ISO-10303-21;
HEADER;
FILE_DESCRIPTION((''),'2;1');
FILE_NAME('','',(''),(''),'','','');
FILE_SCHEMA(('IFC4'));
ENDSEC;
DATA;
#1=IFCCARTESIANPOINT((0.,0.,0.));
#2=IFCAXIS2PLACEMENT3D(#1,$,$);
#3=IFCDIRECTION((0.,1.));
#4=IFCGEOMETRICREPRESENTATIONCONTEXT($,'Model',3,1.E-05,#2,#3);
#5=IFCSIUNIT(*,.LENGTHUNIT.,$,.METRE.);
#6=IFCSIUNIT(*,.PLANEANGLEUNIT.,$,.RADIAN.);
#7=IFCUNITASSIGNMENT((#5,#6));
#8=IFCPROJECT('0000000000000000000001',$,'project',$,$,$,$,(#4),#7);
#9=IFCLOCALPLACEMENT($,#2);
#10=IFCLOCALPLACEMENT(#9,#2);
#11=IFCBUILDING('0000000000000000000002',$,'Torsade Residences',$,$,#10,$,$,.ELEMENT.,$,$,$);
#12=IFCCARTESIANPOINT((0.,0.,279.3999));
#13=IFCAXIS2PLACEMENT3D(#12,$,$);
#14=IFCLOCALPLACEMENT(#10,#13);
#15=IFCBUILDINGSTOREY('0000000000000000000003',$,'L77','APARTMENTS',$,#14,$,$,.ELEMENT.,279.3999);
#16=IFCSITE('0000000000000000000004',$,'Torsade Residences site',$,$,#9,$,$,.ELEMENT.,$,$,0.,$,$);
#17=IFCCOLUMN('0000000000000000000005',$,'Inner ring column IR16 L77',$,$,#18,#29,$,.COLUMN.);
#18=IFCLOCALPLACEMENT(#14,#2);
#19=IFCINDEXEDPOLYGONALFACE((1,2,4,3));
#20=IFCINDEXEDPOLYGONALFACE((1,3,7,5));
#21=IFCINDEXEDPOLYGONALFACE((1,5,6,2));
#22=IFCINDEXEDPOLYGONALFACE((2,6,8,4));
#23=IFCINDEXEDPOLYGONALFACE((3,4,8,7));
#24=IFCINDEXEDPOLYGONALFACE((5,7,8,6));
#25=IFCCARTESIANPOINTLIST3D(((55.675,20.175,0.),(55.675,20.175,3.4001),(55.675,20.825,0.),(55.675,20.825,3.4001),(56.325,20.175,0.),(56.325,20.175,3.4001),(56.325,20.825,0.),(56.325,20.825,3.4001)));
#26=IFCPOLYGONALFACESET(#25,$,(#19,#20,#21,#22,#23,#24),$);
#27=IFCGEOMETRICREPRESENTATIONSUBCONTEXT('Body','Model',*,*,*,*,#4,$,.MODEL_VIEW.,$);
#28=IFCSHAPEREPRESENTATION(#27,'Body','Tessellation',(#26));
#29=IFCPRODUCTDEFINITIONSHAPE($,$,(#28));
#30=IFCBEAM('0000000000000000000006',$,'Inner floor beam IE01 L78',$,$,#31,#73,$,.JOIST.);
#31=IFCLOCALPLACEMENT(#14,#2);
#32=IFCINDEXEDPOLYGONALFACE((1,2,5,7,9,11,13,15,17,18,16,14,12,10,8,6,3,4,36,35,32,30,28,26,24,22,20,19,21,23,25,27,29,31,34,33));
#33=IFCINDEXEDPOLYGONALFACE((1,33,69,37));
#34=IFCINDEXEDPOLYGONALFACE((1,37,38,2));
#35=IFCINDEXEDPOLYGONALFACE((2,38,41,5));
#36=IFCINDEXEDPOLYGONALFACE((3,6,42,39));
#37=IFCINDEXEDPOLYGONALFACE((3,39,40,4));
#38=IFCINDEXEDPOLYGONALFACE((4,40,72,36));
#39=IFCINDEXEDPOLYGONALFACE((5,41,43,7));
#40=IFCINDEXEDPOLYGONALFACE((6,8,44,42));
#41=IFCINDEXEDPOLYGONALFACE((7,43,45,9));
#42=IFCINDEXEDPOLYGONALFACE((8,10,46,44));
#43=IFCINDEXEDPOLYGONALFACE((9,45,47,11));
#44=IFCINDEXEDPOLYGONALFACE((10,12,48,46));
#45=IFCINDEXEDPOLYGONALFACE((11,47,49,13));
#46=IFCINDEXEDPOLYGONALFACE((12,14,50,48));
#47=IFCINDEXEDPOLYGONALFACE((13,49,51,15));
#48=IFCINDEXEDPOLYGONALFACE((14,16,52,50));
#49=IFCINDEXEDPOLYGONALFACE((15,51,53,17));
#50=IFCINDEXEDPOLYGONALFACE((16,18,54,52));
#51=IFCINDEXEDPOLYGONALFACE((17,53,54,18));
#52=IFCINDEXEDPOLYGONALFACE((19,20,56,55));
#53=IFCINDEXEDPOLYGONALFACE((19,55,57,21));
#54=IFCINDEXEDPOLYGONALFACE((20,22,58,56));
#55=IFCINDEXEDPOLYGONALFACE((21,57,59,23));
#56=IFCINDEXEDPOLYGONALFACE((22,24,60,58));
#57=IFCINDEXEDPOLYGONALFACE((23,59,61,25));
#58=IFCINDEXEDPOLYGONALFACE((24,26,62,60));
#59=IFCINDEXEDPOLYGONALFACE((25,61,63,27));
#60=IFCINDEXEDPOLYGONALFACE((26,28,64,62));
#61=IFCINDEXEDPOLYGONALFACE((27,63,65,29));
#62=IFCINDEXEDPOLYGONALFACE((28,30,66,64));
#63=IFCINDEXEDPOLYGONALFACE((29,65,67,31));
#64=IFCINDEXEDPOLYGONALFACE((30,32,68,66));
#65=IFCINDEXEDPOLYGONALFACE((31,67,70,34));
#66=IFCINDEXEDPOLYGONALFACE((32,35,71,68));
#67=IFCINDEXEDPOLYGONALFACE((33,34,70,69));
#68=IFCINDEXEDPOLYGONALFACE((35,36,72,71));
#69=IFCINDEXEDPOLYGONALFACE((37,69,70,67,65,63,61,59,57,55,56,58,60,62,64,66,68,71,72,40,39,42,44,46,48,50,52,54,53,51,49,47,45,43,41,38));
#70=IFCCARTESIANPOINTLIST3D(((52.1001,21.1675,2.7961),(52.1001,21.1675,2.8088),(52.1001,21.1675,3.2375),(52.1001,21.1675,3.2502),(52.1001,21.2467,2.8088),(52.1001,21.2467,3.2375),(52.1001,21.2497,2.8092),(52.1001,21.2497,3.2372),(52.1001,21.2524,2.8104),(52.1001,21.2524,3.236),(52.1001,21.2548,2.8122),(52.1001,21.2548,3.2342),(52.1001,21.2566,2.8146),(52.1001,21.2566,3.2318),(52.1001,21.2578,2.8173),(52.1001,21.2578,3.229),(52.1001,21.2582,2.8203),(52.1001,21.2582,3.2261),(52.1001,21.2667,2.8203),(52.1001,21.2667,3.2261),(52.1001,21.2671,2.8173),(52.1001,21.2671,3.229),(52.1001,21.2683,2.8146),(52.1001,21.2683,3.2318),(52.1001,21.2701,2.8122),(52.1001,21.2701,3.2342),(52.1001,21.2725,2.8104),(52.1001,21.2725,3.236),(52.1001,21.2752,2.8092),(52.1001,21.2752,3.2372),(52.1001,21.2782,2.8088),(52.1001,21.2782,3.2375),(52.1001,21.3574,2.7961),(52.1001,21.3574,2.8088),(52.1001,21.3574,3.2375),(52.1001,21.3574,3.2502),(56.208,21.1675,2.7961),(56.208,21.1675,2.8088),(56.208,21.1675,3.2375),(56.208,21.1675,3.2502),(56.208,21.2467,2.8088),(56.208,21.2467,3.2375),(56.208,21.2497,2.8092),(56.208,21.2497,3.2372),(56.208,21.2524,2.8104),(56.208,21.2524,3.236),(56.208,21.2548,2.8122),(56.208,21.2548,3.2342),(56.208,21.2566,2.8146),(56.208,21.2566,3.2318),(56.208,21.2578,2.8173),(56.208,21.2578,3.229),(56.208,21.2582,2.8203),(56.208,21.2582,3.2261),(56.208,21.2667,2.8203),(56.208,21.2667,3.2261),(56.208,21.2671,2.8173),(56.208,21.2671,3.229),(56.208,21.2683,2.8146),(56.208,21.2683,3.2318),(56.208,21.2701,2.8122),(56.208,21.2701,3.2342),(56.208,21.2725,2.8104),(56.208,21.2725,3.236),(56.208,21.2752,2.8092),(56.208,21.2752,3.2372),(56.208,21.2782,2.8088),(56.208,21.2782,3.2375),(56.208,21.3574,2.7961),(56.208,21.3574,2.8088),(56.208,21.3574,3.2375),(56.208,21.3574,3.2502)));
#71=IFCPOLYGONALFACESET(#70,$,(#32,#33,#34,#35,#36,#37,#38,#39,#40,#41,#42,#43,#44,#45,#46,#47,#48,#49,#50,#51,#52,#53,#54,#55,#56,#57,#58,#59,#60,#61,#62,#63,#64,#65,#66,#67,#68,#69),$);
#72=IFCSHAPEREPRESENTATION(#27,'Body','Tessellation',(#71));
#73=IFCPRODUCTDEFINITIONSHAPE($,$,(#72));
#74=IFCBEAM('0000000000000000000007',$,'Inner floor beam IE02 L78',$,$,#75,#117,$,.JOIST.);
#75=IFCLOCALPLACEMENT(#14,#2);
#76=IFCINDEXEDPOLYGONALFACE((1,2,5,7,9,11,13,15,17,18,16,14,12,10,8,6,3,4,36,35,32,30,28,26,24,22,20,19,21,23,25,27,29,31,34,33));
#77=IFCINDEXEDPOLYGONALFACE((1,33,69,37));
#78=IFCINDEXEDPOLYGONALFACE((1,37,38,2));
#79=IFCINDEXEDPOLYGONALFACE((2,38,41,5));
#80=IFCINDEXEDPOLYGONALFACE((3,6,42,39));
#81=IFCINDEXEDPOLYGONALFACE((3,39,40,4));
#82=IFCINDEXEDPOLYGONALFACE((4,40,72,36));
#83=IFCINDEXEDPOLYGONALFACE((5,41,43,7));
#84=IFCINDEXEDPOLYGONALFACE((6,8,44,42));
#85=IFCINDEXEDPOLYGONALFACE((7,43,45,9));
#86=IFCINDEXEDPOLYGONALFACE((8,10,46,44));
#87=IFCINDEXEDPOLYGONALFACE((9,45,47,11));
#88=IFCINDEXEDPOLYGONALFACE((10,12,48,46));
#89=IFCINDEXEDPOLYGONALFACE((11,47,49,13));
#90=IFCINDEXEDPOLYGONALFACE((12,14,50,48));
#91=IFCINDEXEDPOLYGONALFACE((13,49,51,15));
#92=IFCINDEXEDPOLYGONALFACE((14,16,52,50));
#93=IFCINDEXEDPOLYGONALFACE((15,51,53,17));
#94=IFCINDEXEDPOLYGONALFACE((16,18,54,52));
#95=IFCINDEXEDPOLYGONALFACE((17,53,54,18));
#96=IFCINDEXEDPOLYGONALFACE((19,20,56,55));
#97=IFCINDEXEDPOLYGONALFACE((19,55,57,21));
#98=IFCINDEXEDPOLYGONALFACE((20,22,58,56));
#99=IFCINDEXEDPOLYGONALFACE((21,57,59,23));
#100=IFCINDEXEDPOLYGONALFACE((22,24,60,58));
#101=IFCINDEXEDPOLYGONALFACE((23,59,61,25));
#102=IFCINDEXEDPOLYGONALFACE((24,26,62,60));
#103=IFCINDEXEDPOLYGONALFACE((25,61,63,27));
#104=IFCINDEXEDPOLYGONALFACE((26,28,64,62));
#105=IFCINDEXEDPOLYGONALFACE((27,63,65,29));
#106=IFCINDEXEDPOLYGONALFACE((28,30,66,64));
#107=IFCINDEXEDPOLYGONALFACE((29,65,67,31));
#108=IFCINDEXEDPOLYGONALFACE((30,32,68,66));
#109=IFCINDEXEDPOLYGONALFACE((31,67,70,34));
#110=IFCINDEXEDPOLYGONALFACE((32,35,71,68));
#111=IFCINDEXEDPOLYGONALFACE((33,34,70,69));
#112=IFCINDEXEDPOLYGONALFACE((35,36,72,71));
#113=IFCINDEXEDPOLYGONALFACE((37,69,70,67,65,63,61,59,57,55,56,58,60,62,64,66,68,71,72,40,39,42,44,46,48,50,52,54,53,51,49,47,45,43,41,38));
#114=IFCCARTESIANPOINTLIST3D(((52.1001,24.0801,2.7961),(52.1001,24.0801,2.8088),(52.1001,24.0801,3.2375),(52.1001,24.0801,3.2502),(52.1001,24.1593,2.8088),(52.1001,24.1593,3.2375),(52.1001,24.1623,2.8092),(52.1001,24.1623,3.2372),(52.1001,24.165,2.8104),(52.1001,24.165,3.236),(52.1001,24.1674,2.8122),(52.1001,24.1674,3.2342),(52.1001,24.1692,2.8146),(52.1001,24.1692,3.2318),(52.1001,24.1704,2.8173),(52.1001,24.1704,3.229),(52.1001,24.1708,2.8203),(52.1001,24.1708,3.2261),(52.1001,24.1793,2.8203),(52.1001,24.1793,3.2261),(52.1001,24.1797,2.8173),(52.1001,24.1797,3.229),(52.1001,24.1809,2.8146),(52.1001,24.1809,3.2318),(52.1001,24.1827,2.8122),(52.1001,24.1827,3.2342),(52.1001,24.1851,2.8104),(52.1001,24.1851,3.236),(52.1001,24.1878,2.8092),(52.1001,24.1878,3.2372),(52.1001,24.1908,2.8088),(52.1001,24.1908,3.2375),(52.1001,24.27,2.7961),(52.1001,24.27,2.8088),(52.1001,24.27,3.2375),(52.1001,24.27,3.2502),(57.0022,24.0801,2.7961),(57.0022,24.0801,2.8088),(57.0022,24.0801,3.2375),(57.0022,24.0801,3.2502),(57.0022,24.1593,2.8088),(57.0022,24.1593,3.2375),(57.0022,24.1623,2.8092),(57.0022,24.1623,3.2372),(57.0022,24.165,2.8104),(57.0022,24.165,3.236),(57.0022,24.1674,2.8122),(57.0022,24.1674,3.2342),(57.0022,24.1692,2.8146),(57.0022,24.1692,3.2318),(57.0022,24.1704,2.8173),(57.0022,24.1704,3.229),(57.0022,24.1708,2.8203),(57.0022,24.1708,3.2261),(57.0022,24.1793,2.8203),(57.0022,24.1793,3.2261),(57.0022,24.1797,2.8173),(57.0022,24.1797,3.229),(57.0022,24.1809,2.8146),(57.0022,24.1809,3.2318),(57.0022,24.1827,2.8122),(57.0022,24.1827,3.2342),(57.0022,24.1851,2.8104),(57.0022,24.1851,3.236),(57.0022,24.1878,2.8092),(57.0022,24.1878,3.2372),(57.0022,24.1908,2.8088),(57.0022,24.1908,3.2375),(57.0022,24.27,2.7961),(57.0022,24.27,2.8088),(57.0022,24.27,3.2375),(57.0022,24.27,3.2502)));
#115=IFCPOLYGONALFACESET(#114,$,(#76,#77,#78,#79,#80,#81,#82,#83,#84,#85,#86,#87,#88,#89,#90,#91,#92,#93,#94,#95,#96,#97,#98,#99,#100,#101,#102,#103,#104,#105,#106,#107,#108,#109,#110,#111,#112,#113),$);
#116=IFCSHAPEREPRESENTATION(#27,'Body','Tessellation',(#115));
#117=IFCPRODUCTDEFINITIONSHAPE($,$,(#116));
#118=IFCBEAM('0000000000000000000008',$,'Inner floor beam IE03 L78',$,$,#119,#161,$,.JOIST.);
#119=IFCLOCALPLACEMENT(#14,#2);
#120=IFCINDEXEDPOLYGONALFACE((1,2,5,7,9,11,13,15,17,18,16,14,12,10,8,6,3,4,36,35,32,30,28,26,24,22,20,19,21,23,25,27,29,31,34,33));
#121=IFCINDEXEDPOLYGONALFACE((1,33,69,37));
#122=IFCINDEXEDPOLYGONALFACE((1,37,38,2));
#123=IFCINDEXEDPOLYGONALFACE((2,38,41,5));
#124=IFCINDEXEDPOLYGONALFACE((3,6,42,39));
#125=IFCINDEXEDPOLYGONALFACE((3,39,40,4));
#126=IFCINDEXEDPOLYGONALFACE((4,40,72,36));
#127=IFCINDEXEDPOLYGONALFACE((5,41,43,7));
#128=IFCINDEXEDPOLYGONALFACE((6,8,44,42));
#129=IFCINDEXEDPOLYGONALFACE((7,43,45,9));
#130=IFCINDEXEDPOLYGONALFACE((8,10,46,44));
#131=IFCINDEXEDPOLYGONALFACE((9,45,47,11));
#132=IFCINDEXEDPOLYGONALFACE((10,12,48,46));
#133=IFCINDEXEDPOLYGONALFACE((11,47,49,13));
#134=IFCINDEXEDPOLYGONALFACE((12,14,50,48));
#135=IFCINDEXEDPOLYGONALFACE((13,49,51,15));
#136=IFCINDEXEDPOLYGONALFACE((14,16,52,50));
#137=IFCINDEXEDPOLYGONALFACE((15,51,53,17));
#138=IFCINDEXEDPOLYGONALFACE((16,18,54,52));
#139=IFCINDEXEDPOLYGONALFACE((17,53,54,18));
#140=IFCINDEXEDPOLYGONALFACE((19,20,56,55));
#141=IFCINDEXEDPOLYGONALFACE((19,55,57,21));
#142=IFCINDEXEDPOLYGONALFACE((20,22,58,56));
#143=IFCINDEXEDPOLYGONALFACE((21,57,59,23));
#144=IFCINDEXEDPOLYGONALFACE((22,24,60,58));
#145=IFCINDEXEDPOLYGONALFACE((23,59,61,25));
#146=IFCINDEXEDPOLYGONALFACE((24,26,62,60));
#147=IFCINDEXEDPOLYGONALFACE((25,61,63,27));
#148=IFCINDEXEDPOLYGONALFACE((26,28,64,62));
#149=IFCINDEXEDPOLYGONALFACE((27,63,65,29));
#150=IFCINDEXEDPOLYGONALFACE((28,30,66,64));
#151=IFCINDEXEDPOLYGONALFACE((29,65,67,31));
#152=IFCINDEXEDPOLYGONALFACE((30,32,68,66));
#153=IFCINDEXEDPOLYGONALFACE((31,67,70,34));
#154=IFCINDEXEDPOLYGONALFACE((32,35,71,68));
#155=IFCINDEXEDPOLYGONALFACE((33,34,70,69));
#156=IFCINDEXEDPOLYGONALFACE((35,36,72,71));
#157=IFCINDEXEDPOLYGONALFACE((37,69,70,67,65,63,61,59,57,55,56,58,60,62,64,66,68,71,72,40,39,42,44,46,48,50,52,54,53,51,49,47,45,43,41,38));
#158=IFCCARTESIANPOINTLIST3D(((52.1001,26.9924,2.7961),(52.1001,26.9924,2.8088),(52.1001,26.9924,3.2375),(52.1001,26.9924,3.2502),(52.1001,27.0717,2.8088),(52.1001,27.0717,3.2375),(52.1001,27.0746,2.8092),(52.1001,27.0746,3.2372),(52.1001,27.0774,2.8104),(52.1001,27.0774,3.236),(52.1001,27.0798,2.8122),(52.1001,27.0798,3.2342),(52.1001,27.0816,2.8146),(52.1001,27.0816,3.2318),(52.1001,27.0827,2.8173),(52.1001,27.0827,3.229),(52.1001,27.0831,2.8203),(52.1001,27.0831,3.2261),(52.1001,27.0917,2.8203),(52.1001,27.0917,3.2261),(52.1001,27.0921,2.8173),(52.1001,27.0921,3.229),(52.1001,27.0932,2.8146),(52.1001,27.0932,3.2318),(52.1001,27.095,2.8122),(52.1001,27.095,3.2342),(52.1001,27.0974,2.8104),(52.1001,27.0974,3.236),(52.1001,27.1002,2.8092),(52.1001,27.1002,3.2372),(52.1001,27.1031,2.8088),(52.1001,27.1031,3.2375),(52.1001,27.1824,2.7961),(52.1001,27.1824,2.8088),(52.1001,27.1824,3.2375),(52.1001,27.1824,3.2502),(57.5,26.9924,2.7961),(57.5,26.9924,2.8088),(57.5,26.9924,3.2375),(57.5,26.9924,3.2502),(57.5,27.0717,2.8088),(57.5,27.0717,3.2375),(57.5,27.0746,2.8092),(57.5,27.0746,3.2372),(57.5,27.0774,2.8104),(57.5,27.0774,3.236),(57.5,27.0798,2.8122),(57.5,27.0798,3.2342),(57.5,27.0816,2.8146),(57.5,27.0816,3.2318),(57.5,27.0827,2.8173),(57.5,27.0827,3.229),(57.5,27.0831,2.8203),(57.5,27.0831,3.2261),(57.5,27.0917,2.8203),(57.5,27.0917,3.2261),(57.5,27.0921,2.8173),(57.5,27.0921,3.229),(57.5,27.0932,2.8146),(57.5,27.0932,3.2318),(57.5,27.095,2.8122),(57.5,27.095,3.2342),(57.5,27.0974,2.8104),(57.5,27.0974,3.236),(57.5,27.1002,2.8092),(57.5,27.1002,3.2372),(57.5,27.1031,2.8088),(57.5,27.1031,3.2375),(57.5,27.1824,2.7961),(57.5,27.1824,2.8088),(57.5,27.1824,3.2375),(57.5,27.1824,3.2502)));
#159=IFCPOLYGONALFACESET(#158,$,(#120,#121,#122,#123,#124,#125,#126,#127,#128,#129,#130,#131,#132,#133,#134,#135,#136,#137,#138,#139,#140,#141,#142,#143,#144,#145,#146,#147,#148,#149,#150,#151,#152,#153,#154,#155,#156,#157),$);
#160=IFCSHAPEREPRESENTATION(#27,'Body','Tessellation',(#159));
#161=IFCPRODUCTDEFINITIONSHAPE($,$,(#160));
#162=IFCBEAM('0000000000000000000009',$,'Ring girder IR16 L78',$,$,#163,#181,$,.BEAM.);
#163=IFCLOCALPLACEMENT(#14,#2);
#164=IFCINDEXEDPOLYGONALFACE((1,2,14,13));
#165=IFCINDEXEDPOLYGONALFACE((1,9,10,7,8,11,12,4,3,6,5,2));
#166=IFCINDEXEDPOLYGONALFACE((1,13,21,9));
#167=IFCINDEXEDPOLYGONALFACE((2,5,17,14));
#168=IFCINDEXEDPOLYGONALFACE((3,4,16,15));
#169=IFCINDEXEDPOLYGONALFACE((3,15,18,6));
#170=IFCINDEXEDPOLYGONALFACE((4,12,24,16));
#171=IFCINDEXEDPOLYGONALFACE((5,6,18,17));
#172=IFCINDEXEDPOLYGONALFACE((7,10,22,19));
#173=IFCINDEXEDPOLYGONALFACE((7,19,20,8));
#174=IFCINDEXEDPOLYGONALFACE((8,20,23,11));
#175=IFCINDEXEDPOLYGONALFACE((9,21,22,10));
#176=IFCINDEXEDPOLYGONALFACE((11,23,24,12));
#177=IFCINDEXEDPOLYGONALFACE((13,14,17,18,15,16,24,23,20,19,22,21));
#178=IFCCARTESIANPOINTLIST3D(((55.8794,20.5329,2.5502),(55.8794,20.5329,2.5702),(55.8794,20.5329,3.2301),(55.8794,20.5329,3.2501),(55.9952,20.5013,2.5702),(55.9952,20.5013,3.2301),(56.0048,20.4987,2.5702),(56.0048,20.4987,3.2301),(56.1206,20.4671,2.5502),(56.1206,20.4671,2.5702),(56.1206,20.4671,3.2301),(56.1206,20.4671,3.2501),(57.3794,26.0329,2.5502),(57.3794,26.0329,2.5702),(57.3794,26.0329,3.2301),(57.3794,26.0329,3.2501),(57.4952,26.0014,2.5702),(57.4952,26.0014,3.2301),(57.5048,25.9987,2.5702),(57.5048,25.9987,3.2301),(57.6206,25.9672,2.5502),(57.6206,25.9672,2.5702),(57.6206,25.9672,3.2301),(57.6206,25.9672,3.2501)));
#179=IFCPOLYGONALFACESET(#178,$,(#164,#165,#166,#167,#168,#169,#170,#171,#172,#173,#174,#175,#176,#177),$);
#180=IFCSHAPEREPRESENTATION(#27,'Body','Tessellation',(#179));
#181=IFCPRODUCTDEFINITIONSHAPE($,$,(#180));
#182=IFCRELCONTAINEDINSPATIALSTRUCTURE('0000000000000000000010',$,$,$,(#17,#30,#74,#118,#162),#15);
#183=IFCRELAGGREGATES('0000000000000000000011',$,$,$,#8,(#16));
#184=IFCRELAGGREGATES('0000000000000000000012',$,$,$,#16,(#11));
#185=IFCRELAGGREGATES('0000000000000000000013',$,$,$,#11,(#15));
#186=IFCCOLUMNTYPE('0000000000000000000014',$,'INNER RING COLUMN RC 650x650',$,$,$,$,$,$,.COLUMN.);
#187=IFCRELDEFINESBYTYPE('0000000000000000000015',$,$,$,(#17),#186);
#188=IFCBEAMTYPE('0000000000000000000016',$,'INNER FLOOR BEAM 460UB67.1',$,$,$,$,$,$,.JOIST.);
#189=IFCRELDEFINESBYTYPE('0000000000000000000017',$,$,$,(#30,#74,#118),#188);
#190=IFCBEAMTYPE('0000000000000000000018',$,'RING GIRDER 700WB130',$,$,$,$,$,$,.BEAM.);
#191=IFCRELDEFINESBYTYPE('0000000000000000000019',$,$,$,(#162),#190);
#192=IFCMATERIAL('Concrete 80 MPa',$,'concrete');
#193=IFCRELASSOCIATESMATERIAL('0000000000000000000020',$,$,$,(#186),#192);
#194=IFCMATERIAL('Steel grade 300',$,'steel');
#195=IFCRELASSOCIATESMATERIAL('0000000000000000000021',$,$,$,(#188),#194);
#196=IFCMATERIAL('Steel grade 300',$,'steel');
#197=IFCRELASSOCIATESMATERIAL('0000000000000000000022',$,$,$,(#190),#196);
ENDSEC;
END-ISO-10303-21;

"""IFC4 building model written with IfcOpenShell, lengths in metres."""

from ifc_helpers import new_model, si_unit, direction, frame, origin, origin_2d, place, context, subcontext, project, spatial, rectangle, i_section, extrude, material, material_profile, profile_set, type_object, element, save


model = new_model("IFC4")

# Units and contexts
model_context = context("Model", 3, precision=1e-05, world=origin(), true_north=direction((0.0, 1.0)))
body_context = subcontext(model_context, "Body", "Model", "MODEL_VIEW")
ifc_project = project(units=[si_unit("LENGTHUNIT", "METRE"), si_unit("PLANEANGLEUNIT", "RADIAN")], contexts=[model_context])

# Site, building, storey
site_placement = place(None, origin())
site = spatial("IfcSite", under=ifc_project, at=site_placement, Name="Torsade Residences site", CompositionType="ELEMENT", RefElevation=0.0)
building_placement = place(site_placement, origin())
building = spatial("IfcBuilding", under=site, at=building_placement, Name="Torsade Residences", CompositionType="ELEMENT")
storey_placement = place(building_placement, frame((0.0, 0.0, 279.3999)))
storey = spatial("IfcBuildingStorey", under=building, at=storey_placement, Name="L77", Description="APARTMENTS", CompositionType="ELEMENT", Elevation=279.3999)

# Column
ifc_material_1 = material(Name="Concrete 80 MPa", Category="concrete")
ifc_material_profile_1 = material_profile(ifc_material_1, rectangle(XDim=0.6499, YDim=0.6499, at=origin_2d()), Name="RC 650x650")
ifc_profile_set_1 = profile_set([ifc_material_profile_1], Name="Concrete 80 MPa")
column_type = type_object("IfcColumnType", Name="INNER RING COLUMN RC 650x650", PredefinedType="COLUMN", material=ifc_profile_set_1)
column_placement = place(storey_placement, frame((56.0, 20.5, 0.0), z_axis=(0.0, 0.0, 1.0), x_axis=(1.0, 0.0, 0.0)))
element("IfcColumn", 1, at=column_placement, inside=storey, type_object=column_type, Name="Inner ring column IR16 L77", PredefinedType="COLUMN", context=body_context, shape_type="SweptSolid", body=[
    extrude(rectangle(XDim=0.6499, YDim=0.6499, at=origin_2d()), origin(), (0.0, 0.0, 1.0), 3.4001),
])

# Beams
ifc_material_2 = material(Name="Steel grade 300", Category="steel")
ifc_material_profile_2 = material_profile(ifc_material_2, i_section(OverallWidth=0.1899, OverallDepth=0.4541, WebThickness=0.0085, FlangeThickness=0.0127, FilletRadius=0.0115, at=origin_2d()), Name="460UB67.1")
ifc_profile_set_2 = profile_set([ifc_material_profile_2], Name="Steel grade 300")
beam_type_1 = type_object("IfcBeamType", Name="INNER FLOOR BEAM 460UB67.1", PredefinedType="JOIST", material=ifc_profile_set_2)
beam_1_placement = place(storey_placement, frame((52.1001, 21.2625, 3.0232), z_axis=(1.0, 0.0, 0.0), x_axis=(0.0, 1.0, 0.0)))
element("IfcBeam", 2, at=beam_1_placement, inside=storey, type_object=beam_type_1, Name="Inner floor beam IE01 L78", PredefinedType="JOIST", context=body_context, shape_type="SweptSolid", body=[
    extrude(i_section(OverallWidth=0.1899, OverallDepth=0.4541, WebThickness=0.0085, FlangeThickness=0.0127, FilletRadius=0.0115, at=origin_2d()), origin(), (0.0, 0.0, 1.0), 4.1079),
])
beam_2_placement = place(storey_placement, frame((52.1001, 24.175, 3.0232), z_axis=(1.0, 0.0, 0.0), x_axis=(0.0, 1.0, 0.0)))
element("IfcBeam", 3, at=beam_2_placement, inside=storey, type_object=beam_type_1, Name="Inner floor beam IE02 L78", PredefinedType="JOIST", context=body_context, shape_type="SweptSolid", body=[
    extrude(i_section(OverallWidth=0.1899, OverallDepth=0.4541, WebThickness=0.0085, FlangeThickness=0.0127, FilletRadius=0.0115, at=origin_2d()), origin(), (0.0, 0.0, 1.0), 4.9021),
])
beam_3_placement = place(storey_placement, frame((52.1001, 27.0874, 3.0232), z_axis=(1.0, 0.0, 0.0), x_axis=(0.0, 1.0, 0.0)))
element("IfcBeam", 4, at=beam_3_placement, inside=storey, type_object=beam_type_1, Name="Inner floor beam IE03 L78", PredefinedType="JOIST", context=body_context, shape_type="SweptSolid", body=[
    extrude(i_section(OverallWidth=0.1899, OverallDepth=0.4541, WebThickness=0.0085, FlangeThickness=0.0127, FilletRadius=0.0115, at=origin_2d()), origin(), (0.0, 0.0, 1.0), 5.3999),
])
ifc_material_3 = material(Name="Steel grade 300", Category="steel")
ifc_material_profile_3 = material_profile(ifc_material_3, i_section(OverallWidth=0.25, OverallDepth=0.7, WebThickness=0.01, FlangeThickness=0.02, at=origin_2d()), Name="700WB130")
ifc_profile_set_3 = profile_set([ifc_material_profile_3], Name="Steel grade 300")
beam_type_2 = type_object("IfcBeamType", Name="RING GIRDER 700WB130", PredefinedType="BEAM", material=ifc_profile_set_3)
beam_4_placement = place(storey_placement, frame((56.0, 20.5, 2.9001), z_axis=(0.263117, 0.964764, 0.0), x_axis=(-0.964764, 0.263117, 0.0)))
element("IfcBeam", 5, at=beam_4_placement, inside=storey, type_object=beam_type_2, Name="Ring girder IR16 L78", PredefinedType="BEAM", context=body_context, shape_type="SweptSolid", body=[
    extrude(i_section(OverallWidth=0.25, OverallDepth=0.7, WebThickness=0.01, FlangeThickness=0.02, at=origin_2d()), origin(), (0.0, 0.0, 1.0), 5.7009),
])

save(model, "model.ifc")
